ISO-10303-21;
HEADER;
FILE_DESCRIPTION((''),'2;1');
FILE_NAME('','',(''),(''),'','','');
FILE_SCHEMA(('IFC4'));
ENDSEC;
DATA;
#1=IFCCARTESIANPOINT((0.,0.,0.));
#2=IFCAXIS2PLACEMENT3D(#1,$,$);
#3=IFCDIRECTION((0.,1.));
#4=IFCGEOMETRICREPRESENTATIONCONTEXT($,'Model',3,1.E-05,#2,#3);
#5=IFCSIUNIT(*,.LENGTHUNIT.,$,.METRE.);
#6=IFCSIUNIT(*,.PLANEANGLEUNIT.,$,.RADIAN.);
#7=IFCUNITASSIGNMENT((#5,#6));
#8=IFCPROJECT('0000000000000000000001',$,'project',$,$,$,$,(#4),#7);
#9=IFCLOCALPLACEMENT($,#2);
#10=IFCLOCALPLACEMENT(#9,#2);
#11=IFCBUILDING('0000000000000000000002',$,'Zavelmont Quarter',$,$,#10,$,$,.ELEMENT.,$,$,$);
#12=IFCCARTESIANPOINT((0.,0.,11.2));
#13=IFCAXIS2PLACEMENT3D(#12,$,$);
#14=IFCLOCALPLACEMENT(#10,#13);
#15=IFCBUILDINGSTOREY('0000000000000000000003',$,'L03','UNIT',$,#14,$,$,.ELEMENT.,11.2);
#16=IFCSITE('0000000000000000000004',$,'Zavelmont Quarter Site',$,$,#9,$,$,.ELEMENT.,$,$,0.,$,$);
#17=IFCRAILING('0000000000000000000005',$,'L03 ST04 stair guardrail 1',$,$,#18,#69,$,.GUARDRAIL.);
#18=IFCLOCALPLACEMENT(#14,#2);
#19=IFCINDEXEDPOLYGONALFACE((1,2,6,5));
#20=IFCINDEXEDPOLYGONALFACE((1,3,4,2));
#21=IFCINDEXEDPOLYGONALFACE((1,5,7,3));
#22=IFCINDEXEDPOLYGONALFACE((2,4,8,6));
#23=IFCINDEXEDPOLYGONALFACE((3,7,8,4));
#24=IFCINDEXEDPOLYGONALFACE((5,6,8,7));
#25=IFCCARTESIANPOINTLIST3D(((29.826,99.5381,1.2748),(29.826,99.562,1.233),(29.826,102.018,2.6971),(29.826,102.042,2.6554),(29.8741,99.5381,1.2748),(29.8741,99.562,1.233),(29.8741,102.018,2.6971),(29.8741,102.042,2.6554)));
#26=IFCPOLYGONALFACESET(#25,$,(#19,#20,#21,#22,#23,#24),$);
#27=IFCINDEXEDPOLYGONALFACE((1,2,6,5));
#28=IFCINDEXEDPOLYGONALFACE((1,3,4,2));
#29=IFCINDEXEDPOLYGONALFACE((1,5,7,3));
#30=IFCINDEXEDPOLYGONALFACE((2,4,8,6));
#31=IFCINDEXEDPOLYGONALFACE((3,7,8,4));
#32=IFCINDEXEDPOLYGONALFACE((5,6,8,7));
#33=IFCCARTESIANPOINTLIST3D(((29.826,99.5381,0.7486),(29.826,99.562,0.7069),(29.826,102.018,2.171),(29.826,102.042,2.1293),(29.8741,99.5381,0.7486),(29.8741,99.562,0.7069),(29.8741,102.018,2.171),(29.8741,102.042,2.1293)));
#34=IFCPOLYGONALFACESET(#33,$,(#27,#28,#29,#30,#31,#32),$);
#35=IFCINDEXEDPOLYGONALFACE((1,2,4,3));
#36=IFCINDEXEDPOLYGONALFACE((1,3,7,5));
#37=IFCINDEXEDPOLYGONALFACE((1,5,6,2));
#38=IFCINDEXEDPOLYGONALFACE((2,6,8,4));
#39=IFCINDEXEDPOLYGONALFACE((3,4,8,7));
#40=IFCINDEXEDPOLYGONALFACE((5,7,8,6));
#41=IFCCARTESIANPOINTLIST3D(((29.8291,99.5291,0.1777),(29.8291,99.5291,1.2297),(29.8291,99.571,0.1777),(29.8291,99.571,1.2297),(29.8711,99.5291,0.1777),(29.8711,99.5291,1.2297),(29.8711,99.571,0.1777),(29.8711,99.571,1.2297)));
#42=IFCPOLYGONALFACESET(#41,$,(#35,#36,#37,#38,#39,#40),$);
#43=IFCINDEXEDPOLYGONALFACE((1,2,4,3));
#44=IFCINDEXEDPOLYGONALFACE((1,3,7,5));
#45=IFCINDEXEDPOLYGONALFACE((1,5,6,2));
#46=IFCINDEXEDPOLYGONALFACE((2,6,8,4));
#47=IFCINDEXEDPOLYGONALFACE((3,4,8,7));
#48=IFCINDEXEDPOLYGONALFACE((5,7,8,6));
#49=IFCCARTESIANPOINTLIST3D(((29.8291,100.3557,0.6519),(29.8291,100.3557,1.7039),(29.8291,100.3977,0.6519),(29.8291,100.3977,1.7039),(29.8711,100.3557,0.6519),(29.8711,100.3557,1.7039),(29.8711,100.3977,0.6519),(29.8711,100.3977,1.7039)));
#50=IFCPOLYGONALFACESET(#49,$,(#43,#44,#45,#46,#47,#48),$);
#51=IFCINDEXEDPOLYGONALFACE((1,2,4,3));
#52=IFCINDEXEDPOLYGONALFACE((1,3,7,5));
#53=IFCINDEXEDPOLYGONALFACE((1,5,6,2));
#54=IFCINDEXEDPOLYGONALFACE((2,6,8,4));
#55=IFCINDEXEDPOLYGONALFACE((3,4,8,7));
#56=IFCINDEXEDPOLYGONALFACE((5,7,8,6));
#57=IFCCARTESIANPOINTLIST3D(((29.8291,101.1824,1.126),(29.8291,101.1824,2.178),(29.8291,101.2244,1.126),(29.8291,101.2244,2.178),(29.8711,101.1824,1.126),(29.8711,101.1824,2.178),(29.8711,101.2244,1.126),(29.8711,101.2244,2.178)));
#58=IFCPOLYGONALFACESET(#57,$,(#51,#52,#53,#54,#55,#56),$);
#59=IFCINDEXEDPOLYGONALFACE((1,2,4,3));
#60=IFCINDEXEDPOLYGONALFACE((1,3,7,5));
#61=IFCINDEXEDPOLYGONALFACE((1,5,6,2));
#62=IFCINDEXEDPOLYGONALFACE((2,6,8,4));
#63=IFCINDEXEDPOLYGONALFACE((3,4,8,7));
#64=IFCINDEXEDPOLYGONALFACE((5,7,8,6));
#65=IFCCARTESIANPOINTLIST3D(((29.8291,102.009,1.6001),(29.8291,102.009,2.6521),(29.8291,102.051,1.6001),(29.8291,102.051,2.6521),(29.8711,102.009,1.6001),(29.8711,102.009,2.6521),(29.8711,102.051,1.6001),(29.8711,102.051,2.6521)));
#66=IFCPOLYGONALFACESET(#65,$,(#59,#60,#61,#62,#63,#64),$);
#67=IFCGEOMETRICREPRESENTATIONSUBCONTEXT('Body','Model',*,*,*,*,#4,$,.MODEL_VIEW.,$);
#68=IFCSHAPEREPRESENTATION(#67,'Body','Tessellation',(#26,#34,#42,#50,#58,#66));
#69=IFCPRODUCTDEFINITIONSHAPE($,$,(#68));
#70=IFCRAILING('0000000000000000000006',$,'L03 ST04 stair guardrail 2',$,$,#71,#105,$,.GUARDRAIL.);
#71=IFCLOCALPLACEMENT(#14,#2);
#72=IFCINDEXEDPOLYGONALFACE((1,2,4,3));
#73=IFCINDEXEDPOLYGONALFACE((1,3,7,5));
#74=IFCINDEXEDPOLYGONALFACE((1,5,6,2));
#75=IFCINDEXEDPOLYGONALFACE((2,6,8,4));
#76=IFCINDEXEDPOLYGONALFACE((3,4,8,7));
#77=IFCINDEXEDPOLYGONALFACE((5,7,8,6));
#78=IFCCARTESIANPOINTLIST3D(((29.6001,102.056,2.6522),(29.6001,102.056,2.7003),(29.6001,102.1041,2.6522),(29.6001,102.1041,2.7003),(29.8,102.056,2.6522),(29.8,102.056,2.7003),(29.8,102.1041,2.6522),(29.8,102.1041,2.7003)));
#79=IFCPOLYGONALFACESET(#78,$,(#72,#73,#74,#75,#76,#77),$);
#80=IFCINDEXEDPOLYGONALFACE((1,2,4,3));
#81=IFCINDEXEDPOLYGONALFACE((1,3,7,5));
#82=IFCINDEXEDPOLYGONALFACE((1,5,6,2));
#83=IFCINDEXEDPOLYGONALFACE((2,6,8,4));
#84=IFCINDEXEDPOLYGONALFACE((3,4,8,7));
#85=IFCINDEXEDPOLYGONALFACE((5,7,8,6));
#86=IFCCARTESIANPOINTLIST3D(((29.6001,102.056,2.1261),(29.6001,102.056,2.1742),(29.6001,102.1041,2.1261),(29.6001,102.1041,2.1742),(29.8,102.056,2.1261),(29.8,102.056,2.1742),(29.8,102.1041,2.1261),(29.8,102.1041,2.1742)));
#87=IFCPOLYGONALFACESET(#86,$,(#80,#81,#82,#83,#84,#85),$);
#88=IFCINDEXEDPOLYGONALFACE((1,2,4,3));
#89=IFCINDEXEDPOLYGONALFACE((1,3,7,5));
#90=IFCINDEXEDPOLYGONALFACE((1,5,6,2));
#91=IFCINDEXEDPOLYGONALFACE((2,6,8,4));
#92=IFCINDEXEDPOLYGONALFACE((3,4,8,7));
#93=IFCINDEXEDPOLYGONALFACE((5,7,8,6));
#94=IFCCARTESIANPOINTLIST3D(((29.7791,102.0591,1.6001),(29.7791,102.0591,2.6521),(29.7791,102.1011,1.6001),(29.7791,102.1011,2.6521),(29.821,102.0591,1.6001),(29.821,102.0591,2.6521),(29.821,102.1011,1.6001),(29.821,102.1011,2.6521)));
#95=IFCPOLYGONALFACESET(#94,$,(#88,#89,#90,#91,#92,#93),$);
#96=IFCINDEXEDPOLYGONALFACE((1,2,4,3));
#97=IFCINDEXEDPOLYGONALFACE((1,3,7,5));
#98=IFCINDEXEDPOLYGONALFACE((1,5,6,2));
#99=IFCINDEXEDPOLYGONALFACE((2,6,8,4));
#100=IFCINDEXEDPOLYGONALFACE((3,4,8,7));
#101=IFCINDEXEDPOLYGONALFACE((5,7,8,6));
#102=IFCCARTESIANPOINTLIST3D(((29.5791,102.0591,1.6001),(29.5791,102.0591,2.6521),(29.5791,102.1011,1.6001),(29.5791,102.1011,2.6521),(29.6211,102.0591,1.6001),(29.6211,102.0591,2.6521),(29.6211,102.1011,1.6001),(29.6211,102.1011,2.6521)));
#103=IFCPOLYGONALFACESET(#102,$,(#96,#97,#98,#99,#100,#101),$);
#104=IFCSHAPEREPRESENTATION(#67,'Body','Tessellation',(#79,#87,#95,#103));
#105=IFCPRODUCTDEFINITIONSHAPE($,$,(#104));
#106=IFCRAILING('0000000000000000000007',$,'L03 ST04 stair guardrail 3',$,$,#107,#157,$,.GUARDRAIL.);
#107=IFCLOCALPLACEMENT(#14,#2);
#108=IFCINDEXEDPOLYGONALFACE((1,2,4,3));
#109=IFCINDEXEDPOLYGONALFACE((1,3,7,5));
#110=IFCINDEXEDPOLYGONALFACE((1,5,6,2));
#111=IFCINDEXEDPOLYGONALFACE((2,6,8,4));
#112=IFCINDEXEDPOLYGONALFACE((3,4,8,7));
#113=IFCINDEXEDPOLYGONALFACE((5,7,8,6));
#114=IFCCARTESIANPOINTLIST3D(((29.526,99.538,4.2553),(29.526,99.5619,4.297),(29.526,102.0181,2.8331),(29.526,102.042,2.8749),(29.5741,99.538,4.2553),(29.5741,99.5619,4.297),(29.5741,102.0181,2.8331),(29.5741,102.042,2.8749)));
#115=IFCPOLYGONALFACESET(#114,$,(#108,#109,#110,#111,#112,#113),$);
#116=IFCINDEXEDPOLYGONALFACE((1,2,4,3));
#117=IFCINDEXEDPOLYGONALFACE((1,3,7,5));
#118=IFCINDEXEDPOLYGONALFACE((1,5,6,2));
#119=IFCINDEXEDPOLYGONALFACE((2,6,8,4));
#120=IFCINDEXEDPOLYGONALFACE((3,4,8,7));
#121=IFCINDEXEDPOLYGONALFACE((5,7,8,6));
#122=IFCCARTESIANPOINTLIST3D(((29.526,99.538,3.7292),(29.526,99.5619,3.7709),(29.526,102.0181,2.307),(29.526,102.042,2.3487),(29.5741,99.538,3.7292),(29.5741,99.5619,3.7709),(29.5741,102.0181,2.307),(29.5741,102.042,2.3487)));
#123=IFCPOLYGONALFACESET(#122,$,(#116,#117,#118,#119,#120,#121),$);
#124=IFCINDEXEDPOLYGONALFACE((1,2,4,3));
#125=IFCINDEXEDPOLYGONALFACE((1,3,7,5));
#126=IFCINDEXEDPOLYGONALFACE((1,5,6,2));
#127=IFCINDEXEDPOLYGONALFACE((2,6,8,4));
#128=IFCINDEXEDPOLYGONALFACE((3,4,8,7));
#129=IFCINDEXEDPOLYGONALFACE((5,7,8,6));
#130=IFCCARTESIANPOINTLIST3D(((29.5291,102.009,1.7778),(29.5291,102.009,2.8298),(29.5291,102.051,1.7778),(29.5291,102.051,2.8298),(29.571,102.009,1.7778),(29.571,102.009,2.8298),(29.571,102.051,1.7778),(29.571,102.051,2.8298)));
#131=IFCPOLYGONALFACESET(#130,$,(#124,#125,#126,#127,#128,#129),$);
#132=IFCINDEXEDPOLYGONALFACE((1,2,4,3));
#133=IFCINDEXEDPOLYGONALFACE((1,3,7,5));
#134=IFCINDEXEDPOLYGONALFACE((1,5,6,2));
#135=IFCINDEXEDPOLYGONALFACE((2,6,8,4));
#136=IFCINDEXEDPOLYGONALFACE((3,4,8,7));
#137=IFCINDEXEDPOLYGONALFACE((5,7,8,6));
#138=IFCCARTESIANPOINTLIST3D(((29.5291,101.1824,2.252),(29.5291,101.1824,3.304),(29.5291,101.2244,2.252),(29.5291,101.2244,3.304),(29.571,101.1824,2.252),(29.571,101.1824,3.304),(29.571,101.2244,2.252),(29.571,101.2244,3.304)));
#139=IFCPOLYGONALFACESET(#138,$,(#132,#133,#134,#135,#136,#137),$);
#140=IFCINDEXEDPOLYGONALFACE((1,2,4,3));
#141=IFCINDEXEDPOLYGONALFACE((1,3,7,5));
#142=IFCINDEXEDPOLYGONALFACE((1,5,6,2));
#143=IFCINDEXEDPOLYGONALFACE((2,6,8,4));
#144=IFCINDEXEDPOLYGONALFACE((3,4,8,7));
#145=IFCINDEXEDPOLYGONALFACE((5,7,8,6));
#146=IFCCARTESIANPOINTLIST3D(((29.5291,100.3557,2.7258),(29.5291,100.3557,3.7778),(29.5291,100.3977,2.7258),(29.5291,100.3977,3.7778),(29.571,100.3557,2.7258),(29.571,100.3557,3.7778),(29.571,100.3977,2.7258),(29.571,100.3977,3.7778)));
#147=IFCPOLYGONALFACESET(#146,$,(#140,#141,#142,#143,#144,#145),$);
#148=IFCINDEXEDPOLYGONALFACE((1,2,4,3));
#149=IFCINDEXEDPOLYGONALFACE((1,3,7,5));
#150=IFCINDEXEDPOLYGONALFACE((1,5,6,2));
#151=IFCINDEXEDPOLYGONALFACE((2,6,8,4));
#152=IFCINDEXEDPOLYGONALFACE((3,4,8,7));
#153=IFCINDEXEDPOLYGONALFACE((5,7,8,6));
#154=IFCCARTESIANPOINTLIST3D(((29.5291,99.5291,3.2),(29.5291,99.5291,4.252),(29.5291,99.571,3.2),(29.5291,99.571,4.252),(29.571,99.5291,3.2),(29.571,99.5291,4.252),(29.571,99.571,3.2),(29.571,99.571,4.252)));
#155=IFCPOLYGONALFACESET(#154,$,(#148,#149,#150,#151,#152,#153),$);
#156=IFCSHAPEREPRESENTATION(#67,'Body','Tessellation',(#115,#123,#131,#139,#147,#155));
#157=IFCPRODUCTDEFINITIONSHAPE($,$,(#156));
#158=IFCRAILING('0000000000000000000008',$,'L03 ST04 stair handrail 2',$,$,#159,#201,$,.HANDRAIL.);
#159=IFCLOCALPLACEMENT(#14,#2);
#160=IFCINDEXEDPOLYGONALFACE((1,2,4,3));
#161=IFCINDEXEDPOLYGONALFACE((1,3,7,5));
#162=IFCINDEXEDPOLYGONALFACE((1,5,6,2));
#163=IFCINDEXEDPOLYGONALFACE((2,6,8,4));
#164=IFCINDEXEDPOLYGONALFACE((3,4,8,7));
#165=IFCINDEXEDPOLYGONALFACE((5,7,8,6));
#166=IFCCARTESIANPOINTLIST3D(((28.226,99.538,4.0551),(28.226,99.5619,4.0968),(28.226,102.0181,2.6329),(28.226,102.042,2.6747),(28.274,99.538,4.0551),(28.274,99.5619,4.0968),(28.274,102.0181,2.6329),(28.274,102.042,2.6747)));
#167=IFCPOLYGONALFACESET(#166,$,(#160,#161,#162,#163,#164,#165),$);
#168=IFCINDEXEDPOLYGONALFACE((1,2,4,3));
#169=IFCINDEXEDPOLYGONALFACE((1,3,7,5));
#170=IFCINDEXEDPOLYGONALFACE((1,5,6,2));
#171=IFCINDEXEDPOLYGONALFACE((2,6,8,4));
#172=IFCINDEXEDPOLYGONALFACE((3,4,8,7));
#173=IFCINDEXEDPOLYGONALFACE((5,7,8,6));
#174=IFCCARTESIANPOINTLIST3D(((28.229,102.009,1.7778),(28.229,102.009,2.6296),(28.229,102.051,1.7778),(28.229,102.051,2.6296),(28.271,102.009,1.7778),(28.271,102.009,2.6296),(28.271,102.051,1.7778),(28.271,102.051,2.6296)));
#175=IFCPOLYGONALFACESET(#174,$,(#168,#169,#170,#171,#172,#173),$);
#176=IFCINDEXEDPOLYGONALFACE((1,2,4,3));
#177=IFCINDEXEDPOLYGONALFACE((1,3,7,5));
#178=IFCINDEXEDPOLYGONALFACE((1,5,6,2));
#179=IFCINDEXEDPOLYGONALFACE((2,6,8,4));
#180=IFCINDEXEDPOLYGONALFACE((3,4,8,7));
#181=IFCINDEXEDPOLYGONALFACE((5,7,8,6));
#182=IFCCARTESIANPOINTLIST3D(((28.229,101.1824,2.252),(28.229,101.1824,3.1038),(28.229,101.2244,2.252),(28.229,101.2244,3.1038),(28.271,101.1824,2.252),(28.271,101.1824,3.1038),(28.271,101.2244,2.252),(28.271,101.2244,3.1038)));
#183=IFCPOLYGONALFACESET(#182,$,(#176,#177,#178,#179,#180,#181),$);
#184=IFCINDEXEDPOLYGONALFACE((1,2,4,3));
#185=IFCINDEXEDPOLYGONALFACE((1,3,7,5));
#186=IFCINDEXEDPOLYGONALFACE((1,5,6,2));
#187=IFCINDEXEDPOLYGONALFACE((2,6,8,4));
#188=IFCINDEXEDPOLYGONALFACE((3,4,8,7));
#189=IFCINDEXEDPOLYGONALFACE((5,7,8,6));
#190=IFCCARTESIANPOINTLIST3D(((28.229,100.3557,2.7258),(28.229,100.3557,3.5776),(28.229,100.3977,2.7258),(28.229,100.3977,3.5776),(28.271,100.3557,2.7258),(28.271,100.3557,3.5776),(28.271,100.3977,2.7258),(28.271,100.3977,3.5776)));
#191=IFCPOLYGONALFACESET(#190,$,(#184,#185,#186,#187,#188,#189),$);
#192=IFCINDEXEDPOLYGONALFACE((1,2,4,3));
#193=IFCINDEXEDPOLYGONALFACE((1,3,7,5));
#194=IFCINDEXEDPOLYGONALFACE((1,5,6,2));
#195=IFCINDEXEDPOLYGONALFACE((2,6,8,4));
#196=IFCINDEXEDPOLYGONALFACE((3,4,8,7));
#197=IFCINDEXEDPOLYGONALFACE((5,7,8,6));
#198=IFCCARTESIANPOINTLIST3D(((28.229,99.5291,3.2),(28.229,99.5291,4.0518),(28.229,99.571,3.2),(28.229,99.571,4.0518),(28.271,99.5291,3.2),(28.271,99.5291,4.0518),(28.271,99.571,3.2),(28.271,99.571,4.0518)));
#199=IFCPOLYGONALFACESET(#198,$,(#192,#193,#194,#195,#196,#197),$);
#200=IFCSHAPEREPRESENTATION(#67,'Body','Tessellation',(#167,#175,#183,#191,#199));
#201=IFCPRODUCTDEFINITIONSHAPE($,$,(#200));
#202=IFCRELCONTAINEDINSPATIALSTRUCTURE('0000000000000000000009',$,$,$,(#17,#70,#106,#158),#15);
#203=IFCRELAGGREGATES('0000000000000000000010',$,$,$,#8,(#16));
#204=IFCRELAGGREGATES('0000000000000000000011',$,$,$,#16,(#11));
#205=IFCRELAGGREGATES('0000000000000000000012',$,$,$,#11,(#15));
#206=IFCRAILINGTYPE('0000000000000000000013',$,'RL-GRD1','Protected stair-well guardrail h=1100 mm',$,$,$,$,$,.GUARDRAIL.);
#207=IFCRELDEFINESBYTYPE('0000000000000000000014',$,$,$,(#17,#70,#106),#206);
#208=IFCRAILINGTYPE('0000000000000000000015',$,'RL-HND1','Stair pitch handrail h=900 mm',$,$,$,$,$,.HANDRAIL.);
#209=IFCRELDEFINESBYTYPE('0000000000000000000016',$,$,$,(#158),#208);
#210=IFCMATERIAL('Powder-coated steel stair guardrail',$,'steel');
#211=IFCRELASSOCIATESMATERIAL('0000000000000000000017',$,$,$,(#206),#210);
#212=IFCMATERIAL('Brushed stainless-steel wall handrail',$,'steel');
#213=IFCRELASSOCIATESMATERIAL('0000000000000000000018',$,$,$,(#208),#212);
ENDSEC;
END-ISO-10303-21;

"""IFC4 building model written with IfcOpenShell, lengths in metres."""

from ifc_helpers import new_model, si_unit, direction, frame, origin, origin_2d, place, context, subcontext, project, spatial, rectangle, extrude, material, type_object, element, save


model = new_model("IFC4")

# Units and contexts
model_context = context("Model", 3, precision=1e-05, world=origin(), true_north=direction((0.0, 1.0)))
body_context = subcontext(model_context, "Body", "Model", "MODEL_VIEW")
ifc_project = project(units=[si_unit("LENGTHUNIT", "METRE"), si_unit("PLANEANGLEUNIT", "RADIAN")], contexts=[model_context])

# Site, building, storey
site_placement = place(None, origin())
site = spatial("IfcSite", under=ifc_project, at=site_placement, Name="Zavelmont Quarter Site", CompositionType="ELEMENT", RefElevation=0.0)
building_placement = place(site_placement, origin())
building = spatial("IfcBuilding", under=site, at=building_placement, Name="Zavelmont Quarter", CompositionType="ELEMENT")
storey_placement = place(building_placement, frame((0.0, 0.0, 11.2)))
storey = spatial("IfcBuildingStorey", under=building, at=storey_placement, Name="L03", Description="UNIT", CompositionType="ELEMENT", Elevation=11.2)

# Railings
ifc_material_1 = material(Name="Powder-coated steel stair guardrail", Category="steel")
railing_type_1 = type_object("IfcRailingType", Name="RL-GRD1", Description="Protected stair-well guardrail h=1100 mm", PredefinedType="GUARDRAIL", material=ifc_material_1)
railing_1_placement = place(storey_placement, frame((29.8501, 99.55, 0.1777)))
element("IfcRailing", 1, at=railing_1_placement, inside=storey, type_object=railing_type_1, Name="L03 ST04 stair guardrail 1", PredefinedType="GUARDRAIL", context=body_context, shape_type="SweptSolid", body=[
    extrude(rectangle(XDim=0.0481, YDim=0.0481, at=origin_2d()), frame((0.0, 0.0, 1.0762), z_axis=(0.0, 0.867454, 0.497518), x_axis=(-1.0, 0.0, 0.0)), (0.0, 0.0, 1.0), 2.8589),
    extrude(rectangle(XDim=0.0481, YDim=0.0481, at=origin_2d()), frame((0.0, 0.0, 0.55), z_axis=(0.0, 0.867454, 0.497518), x_axis=(-1.0, 0.0, 0.0)), (0.0, 0.0, 1.0), 2.8589),
    extrude(rectangle(XDim=0.042, YDim=0.042, at=origin_2d()), origin(), (0.0, 0.0, 1.0), 1.052),
    extrude(rectangle(XDim=0.042, YDim=0.042, at=origin_2d()), frame((0.0, 0.8267, 0.4741)), (0.0, 0.0, 1.0), 1.052),
    extrude(rectangle(XDim=0.042, YDim=0.042, at=origin_2d()), frame((0.0, 1.6533, 0.9482)), (0.0, 0.0, 1.0), 1.052),
    extrude(rectangle(XDim=0.042, YDim=0.042, at=origin_2d()), frame((0.0, 2.48, 1.4224)), (0.0, 0.0, 1.0), 1.052),
])
railing_2_placement = place(storey_placement, frame((29.8, 102.0801, 1.6001)))
element("IfcRailing", 2, at=railing_2_placement, inside=storey, type_object=railing_type_1, Name="L03 ST04 stair guardrail 2", PredefinedType="GUARDRAIL", context=body_context, shape_type="SweptSolid", body=[
    extrude(rectangle(XDim=0.0481, YDim=0.0481, at=origin_2d()), frame((0.0, 0.0, 1.0762), z_axis=(-1.0, 0.0, 0.0), x_axis=(0.0, -1.0, 0.0)), (0.0, 0.0, 1.0), 0.2),
    extrude(rectangle(XDim=0.0481, YDim=0.0481, at=origin_2d()), frame((0.0, 0.0, 0.55), z_axis=(-1.0, 0.0, 0.0), x_axis=(0.0, -1.0, 0.0)), (0.0, 0.0, 1.0), 0.2),
    extrude(rectangle(XDim=0.042, YDim=0.042, at=origin_2d()), origin(), (0.0, 0.0, 1.0), 1.052),
    extrude(rectangle(XDim=0.042, YDim=0.042, at=origin_2d()), frame((-0.2, 0.0, 0.0)), (0.0, 0.0, 1.0), 1.052),
])
railing_3_placement = place(storey_placement, frame((29.55, 102.03, 1.7778)))
element("IfcRailing", 3, at=railing_3_placement, inside=storey, type_object=railing_type_1, Name="L03 ST04 stair guardrail 3", PredefinedType="GUARDRAIL", context=body_context, shape_type="SweptSolid", body=[
    extrude(rectangle(XDim=0.0481, YDim=0.0481, at=origin_2d()), frame((0.0, 0.0, 1.0762), z_axis=(0.0, -0.867491, 0.497454), x_axis=(1.0, 0.0, 0.0)), (0.0, 0.0, 1.0), 2.8589),
    extrude(rectangle(XDim=0.0481, YDim=0.0481, at=origin_2d()), frame((0.0, 0.0, 0.55), z_axis=(0.0, -0.867491, 0.497454), x_axis=(1.0, 0.0, 0.0)), (0.0, 0.0, 1.0), 2.8589),
    extrude(rectangle(XDim=0.042, YDim=0.042, at=origin_2d()), origin(), (0.0, 0.0, 1.0), 1.052),
    extrude(rectangle(XDim=0.042, YDim=0.042, at=origin_2d()), frame((0.0, -0.8267, 0.4741)), (0.0, 0.0, 1.0), 1.052),
    extrude(rectangle(XDim=0.042, YDim=0.042, at=origin_2d()), frame((0.0, -1.6533, 0.948)), (0.0, 0.0, 1.0), 1.052),
    extrude(rectangle(XDim=0.042, YDim=0.042, at=origin_2d()), frame((0.0, -2.48, 1.4221)), (0.0, 0.0, 1.0), 1.052),
])
ifc_material_2 = material(Name="Brushed stainless-steel wall handrail", Category="steel")
railing_type_2 = type_object("IfcRailingType", Name="RL-HND1", Description="Stair pitch handrail h=900 mm", PredefinedType="HANDRAIL", material=ifc_material_2)
railing_4_placement = place(storey_placement, frame((28.25, 102.03, 1.7778)))
element("IfcRailing", 4, at=railing_4_placement, inside=storey, type_object=railing_type_2, Name="L03 ST04 stair handrail 2", PredefinedType="HANDRAIL", context=body_context, shape_type="SweptSolid", body=[
    extrude(rectangle(XDim=0.0481, YDim=0.0481, at=origin_2d()), frame((0.0, 0.0, 0.876), z_axis=(0.0, -0.867491, 0.497454), x_axis=(1.0, 0.0, 0.0)), (0.0, 0.0, 1.0), 2.8589),
    extrude(rectangle(XDim=0.042, YDim=0.042, at=origin_2d()), origin(), (0.0, 0.0, 1.0), 0.8518),
    extrude(rectangle(XDim=0.042, YDim=0.042, at=origin_2d()), frame((0.0, -0.8267, 0.4741)), (0.0, 0.0, 1.0), 0.8518),
    extrude(rectangle(XDim=0.042, YDim=0.042, at=origin_2d()), frame((0.0, -1.6533, 0.948)), (0.0, 0.0, 1.0), 0.8518),
    extrude(rectangle(XDim=0.042, YDim=0.042, at=origin_2d()), frame((0.0, -2.48, 1.4221)), (0.0, 0.0, 1.0), 0.8518),
])

save(model, "model.ifc")
